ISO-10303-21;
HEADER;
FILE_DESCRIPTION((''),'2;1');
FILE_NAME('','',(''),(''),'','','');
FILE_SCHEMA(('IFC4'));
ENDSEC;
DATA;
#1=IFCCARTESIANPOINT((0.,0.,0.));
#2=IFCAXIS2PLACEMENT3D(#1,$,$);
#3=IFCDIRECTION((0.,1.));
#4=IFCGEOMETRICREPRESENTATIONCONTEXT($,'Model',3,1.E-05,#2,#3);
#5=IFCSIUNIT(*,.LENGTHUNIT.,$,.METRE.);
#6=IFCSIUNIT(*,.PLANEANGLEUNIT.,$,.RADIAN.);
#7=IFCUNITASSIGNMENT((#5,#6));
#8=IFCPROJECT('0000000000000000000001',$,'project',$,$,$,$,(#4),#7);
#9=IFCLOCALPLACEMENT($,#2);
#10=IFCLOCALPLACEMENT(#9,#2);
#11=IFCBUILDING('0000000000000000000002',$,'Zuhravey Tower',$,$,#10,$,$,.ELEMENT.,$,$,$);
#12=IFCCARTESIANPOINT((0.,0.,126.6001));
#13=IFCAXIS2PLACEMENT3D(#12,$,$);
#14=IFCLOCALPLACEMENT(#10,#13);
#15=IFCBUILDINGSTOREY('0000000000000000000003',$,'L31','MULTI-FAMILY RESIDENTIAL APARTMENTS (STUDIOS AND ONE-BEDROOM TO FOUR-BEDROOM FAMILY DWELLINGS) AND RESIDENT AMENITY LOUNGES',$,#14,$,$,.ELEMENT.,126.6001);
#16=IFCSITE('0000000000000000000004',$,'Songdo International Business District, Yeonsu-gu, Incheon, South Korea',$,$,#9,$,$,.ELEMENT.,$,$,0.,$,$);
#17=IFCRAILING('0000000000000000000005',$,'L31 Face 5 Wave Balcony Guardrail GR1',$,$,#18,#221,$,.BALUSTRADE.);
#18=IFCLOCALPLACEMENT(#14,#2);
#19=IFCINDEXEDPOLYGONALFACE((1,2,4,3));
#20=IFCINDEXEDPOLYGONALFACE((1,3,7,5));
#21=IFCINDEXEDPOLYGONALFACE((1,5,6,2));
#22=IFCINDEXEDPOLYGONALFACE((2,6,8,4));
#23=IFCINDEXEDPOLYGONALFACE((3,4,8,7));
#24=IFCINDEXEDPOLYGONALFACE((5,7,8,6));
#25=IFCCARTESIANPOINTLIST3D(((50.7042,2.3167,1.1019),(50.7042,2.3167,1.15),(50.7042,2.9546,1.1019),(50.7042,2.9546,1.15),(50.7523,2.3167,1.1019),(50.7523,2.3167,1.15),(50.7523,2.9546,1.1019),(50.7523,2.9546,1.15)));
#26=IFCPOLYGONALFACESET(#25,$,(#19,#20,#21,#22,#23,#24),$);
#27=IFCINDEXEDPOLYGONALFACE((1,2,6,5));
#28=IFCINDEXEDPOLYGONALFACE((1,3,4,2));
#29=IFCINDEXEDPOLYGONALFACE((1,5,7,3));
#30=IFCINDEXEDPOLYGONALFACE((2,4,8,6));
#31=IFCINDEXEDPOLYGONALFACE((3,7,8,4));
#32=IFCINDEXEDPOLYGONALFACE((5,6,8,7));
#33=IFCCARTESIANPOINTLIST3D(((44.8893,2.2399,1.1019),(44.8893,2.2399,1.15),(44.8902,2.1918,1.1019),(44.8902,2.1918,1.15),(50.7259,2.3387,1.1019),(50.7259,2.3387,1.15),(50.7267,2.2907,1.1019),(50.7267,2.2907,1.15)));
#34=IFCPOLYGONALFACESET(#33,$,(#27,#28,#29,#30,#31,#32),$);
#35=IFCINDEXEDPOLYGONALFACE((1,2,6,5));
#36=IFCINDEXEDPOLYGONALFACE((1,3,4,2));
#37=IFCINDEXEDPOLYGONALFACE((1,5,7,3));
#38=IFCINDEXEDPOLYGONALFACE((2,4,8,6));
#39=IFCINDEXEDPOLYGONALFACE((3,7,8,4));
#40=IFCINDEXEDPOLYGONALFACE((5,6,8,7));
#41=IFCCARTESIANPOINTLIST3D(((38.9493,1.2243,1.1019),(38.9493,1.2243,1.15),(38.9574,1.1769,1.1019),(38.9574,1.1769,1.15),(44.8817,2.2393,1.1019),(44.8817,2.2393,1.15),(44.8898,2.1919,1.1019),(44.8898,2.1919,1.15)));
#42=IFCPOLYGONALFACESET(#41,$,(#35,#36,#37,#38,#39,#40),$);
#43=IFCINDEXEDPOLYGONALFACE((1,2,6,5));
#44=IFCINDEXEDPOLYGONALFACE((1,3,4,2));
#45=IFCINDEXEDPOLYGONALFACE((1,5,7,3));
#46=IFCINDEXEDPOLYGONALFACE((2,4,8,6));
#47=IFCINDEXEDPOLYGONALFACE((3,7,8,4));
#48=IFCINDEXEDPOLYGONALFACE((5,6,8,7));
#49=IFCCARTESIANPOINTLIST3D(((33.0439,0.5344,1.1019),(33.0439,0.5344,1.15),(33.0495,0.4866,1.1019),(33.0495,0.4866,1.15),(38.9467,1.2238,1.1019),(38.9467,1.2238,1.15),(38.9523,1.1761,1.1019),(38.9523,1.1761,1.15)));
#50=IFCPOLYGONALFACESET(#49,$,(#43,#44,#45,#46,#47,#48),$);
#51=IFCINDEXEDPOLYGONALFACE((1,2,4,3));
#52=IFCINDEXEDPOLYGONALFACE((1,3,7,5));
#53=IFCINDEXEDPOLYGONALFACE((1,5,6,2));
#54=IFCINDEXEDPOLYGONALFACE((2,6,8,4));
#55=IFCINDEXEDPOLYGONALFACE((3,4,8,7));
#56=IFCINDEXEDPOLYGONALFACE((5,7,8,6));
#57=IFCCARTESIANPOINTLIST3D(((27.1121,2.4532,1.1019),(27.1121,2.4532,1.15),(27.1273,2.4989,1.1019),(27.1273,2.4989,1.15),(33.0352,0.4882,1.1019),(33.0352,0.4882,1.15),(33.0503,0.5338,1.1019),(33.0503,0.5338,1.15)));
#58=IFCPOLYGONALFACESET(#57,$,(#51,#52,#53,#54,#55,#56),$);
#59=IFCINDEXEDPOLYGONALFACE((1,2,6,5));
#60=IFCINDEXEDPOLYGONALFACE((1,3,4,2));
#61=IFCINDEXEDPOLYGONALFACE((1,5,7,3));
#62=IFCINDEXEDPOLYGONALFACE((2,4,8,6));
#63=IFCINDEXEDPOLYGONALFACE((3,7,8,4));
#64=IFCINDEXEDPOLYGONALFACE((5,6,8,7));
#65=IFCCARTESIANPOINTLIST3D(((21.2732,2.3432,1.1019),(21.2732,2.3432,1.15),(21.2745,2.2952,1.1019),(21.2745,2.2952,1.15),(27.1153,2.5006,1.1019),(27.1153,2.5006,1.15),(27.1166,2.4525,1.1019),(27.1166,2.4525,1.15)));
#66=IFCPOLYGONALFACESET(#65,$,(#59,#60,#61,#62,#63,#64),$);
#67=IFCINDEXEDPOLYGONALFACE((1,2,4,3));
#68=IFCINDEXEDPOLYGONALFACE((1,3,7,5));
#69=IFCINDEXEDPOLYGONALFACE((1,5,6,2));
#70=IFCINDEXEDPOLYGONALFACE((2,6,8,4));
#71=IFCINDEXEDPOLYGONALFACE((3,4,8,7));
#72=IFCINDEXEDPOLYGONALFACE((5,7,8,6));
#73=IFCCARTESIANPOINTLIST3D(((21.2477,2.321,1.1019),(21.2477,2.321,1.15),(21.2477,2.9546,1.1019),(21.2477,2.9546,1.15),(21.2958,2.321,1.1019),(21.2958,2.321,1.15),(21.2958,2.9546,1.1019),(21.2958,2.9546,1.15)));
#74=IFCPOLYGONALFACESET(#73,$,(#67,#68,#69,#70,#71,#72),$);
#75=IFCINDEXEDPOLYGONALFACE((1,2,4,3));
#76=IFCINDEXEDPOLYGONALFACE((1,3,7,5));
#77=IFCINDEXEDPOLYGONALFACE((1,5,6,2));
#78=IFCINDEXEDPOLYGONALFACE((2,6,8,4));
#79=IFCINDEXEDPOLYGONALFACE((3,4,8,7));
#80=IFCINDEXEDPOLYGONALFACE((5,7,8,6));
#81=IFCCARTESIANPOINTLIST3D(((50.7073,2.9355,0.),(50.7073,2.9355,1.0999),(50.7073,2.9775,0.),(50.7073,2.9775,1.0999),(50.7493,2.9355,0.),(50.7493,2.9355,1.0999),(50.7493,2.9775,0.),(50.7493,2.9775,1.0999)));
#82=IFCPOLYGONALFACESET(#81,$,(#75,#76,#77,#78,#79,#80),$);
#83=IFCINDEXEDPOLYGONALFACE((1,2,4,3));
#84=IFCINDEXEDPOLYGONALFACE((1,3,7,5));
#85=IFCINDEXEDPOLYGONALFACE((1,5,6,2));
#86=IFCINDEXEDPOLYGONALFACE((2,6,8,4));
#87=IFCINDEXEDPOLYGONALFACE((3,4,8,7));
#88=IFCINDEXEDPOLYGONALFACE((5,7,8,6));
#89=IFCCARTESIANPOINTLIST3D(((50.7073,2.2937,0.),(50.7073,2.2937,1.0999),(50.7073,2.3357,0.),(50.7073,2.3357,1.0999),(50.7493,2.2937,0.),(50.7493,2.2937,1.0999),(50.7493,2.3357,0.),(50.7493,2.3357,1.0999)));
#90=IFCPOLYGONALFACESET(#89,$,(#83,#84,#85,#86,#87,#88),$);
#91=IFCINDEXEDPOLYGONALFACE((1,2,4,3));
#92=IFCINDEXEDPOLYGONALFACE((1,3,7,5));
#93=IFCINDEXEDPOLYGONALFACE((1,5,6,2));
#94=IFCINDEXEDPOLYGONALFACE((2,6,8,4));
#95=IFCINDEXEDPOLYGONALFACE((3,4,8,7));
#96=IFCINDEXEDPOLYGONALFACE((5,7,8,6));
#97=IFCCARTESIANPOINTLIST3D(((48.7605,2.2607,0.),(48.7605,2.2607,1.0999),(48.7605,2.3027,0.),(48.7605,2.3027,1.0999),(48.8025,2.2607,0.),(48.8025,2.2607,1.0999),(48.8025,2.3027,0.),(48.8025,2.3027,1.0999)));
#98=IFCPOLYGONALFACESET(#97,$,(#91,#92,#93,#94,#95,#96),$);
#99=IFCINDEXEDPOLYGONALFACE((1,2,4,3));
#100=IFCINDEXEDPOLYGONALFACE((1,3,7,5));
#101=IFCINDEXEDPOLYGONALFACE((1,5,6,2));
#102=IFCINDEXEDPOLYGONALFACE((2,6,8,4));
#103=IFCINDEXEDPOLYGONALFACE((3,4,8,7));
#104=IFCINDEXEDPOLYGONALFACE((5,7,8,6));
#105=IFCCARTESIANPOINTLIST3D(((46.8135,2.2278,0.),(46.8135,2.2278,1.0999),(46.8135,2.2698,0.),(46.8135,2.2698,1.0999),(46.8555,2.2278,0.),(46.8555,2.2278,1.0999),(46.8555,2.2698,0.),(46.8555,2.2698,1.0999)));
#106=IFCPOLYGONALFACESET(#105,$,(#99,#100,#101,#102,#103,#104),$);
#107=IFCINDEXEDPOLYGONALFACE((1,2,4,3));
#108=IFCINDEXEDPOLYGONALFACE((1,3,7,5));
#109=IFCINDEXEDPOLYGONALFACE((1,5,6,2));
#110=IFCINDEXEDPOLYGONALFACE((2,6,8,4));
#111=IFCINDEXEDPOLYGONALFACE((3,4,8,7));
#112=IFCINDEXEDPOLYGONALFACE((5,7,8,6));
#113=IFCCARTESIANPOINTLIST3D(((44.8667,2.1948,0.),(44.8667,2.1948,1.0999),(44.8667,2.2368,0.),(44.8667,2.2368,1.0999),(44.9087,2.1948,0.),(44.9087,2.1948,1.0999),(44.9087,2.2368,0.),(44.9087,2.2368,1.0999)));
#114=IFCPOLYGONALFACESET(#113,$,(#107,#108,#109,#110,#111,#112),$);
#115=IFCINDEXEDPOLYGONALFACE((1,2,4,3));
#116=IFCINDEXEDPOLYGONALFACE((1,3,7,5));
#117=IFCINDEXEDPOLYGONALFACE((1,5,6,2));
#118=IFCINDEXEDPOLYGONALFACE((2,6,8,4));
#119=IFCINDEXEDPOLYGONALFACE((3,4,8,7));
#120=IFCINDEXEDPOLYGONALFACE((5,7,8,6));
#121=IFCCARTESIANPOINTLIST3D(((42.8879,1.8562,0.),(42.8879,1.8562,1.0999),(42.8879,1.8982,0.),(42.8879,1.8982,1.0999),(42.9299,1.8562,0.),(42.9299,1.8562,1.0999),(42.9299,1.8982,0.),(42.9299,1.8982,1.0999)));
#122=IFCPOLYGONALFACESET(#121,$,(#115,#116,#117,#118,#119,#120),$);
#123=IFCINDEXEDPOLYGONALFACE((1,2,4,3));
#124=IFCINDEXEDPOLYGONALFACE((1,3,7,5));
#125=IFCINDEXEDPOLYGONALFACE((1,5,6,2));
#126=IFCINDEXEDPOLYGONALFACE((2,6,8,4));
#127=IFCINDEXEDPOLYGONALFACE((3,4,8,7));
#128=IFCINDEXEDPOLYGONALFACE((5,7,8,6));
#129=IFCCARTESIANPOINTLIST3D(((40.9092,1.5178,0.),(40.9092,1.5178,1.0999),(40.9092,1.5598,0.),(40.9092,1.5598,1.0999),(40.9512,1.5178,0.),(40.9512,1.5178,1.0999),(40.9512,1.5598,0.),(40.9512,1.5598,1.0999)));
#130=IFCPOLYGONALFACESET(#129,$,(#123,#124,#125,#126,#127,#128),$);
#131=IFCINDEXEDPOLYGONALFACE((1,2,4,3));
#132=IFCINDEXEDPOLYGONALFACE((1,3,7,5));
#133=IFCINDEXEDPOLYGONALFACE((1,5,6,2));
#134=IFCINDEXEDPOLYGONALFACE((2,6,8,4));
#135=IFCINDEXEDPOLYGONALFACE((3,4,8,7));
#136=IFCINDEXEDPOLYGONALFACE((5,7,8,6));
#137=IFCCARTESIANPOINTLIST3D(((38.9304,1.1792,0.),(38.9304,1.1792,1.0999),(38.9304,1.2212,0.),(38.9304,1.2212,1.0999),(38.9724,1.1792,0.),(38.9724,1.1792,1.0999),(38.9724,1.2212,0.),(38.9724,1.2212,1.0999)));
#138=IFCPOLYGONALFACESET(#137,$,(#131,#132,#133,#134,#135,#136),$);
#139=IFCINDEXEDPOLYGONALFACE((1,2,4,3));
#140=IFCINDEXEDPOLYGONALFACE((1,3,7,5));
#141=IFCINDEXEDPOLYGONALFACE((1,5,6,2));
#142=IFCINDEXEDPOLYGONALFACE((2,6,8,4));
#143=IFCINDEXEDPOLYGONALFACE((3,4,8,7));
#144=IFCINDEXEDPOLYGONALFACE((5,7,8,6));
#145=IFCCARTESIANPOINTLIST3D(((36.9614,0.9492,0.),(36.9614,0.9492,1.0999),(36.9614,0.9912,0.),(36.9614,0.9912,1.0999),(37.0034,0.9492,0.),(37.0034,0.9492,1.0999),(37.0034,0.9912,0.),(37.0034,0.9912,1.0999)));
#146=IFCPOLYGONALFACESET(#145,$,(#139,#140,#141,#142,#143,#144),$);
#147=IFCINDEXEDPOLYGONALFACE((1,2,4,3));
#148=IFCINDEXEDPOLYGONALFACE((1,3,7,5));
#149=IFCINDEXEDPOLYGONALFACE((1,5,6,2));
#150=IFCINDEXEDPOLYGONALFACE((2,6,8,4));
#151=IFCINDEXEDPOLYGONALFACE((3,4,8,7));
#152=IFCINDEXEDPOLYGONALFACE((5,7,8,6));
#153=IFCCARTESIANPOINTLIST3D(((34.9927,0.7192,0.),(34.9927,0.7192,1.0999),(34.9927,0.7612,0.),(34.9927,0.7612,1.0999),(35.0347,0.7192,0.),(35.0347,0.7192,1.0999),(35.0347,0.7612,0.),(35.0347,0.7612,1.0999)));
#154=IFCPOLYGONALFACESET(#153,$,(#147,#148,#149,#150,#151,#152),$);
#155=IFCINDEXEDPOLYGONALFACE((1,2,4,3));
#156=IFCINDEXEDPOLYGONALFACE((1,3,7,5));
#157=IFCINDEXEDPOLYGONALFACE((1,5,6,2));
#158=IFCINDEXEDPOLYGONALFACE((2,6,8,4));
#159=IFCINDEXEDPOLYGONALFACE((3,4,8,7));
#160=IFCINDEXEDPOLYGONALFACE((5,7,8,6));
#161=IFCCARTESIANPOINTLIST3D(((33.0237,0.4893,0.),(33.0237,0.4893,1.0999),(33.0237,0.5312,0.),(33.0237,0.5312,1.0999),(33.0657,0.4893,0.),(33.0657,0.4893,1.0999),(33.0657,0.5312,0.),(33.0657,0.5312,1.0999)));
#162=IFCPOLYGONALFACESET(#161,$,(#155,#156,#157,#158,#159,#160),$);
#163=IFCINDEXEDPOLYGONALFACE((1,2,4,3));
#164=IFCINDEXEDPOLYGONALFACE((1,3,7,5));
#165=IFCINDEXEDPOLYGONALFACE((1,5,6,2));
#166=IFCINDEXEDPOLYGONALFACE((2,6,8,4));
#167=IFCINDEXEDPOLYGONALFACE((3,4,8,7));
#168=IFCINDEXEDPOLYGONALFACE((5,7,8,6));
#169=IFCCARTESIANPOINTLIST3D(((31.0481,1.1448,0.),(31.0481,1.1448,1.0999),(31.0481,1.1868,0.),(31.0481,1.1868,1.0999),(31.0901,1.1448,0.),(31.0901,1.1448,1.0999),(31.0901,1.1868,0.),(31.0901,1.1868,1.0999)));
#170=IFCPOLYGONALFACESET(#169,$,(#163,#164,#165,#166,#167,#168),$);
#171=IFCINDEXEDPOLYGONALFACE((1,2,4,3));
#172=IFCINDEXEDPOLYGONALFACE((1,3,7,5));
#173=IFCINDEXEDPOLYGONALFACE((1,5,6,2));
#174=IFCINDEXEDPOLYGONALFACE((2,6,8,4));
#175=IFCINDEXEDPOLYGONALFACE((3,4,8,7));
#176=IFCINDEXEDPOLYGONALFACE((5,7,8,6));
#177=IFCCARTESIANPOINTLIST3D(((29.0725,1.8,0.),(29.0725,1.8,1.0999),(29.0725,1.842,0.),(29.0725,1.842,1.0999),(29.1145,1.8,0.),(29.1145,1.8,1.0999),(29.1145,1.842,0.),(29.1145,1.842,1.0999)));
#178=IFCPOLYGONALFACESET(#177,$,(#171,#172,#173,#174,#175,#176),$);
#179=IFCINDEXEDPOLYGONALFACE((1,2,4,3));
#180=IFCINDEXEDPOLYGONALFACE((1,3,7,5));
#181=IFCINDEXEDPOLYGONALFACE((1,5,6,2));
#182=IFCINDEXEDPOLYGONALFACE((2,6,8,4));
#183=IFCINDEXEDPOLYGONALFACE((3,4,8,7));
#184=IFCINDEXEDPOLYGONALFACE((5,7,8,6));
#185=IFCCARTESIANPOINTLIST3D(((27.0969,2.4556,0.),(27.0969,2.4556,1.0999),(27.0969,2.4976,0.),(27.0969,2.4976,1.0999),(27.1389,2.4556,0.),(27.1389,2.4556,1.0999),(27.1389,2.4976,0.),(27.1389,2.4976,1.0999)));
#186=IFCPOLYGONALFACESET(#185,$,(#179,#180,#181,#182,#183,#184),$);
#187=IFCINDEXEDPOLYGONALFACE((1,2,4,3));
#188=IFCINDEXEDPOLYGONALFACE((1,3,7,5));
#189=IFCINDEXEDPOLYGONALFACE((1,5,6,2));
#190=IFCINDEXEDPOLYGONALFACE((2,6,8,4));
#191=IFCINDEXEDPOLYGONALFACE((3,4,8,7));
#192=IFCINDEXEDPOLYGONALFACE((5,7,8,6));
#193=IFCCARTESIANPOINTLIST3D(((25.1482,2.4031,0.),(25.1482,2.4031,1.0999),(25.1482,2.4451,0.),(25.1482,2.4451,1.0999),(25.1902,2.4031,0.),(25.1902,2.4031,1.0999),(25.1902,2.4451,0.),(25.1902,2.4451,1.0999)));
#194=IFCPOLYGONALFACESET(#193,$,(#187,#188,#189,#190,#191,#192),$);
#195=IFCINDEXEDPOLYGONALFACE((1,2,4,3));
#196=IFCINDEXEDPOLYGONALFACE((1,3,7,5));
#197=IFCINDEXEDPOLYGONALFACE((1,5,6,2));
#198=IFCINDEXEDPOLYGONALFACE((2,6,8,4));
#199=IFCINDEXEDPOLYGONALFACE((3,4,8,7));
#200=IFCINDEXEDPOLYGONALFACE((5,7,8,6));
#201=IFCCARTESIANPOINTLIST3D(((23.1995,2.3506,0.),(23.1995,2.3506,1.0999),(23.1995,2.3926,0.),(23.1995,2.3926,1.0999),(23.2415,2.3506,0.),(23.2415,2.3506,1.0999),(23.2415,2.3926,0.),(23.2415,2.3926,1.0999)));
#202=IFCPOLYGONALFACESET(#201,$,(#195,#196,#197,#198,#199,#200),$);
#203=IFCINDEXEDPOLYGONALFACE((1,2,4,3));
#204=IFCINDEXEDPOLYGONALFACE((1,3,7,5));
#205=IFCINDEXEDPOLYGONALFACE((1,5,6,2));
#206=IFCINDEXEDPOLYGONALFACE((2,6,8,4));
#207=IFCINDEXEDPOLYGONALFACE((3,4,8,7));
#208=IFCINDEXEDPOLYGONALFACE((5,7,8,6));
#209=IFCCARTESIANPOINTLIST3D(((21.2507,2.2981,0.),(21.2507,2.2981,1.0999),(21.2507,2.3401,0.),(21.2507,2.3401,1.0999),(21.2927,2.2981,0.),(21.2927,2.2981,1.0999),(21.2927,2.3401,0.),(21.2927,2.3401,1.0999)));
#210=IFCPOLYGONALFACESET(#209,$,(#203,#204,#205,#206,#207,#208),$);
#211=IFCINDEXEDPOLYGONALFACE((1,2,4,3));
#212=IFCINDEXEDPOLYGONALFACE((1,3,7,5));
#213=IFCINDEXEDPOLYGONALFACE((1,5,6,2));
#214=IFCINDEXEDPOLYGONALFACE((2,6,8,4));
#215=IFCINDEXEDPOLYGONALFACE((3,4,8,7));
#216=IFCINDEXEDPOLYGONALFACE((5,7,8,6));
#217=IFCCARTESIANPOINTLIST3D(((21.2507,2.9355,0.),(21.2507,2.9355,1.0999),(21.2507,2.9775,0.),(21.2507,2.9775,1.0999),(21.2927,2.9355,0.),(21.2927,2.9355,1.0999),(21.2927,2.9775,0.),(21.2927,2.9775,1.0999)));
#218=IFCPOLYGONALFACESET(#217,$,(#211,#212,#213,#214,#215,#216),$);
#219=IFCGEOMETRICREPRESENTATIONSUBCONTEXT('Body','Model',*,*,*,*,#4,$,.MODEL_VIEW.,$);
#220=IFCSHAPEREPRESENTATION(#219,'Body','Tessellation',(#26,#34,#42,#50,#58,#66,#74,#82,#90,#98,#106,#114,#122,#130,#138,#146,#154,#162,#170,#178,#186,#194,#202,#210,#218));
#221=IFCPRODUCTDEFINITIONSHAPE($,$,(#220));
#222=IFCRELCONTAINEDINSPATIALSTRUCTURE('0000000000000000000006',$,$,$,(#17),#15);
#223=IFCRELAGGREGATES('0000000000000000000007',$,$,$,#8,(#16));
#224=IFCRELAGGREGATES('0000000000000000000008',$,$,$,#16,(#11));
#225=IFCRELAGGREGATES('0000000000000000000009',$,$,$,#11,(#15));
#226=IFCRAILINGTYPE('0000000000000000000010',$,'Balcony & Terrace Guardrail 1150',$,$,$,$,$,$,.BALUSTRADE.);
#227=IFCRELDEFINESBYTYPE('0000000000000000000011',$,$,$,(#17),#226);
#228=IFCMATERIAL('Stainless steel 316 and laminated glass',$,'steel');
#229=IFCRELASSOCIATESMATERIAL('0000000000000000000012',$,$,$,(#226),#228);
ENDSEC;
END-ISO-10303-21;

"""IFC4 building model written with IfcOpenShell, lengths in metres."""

from ifc_helpers import new_model, si_unit, direction, frame, origin, origin_2d, place, context, subcontext, project, spatial, rectangle, extrude, material, type_object, element, save


model = new_model("IFC4")

# Units and contexts
model_context = context("Model", 3, precision=1e-05, world=origin(), true_north=direction((0.0, 1.0)))
body_context = subcontext(model_context, "Body", "Model", "MODEL_VIEW")
ifc_project = project(units=[si_unit("LENGTHUNIT", "METRE"), si_unit("PLANEANGLEUNIT", "RADIAN")], contexts=[model_context])

# Site, building, storey
site_placement = place(None, origin())
site = spatial("IfcSite", under=ifc_project, at=site_placement, Name="Songdo International Business District, Yeonsu-gu, Incheon, South Korea", CompositionType="ELEMENT", RefElevation=0.0)
building_placement = place(site_placement, origin())
building = spatial("IfcBuilding", under=site, at=building_placement, Name="Zuhravey Tower", CompositionType="ELEMENT")
storey_placement = place(building_placement, frame((0.0, 0.0, 126.6001)))
storey = spatial("IfcBuildingStorey", under=building, at=storey_placement, Name="L31", Description="MULTI-FAMILY RESIDENTIAL APARTMENTS (STUDIOS AND ONE-BEDROOM TO FOUR-BEDROOM FAMILY DWELLINGS) AND RESIDENT AMENITY LOUNGES", CompositionType="ELEMENT", Elevation=126.6001)

# Railing
ifc_material_1 = material(Name="Stainless steel 316 and laminated glass", Category="steel")
railing_type = type_object("IfcRailingType", Name="Balcony & Terrace Guardrail 1150", PredefinedType="BALUSTRADE", material=ifc_material_1)
railing_placement = place(storey_placement, frame((50.7283, 2.9565, 0.0)))
element("IfcRailing", 1, at=railing_placement, inside=storey, type_object=railing_type, Name="L31 Face 5 Wave Balcony Guardrail GR1", PredefinedType="BALUSTRADE", context=body_context, shape_type="SweptSolid", body=[
    extrude(rectangle(XDim=0.0481, YDim=0.0481, at=origin_2d()), frame((0.0, -0.002, 1.126), z_axis=(0.0, -1.0, 0.0), x_axis=(1.0, 0.0, 0.0)), (0.0, 0.0, 1.0), 0.6379),
    extrude(rectangle(XDim=0.0481, YDim=0.0481, at=origin_2d()), frame((-0.002, -0.6418, 1.126), z_axis=(-0.999857, -0.016927, 0.0), x_axis=(0.016927, -0.999857, 0.0)), (0.0, 0.0, 1.0), 5.8374),
    extrude(rectangle(XDim=0.0481, YDim=0.0481, at=origin_2d()), frame((-5.8425, -0.741, 1.126), z_axis=(-0.985678, -0.168638, 0.0), x_axis=(0.168638, -0.985678, 0.0)), (0.0, 0.0, 1.0), 6.0186),
    extrude(rectangle(XDim=0.0481, YDim=0.0481, at=origin_2d()), frame((-11.7788, -1.7566, 1.126), z_axis=(-0.993247, -0.116017, 0.0), x_axis=(0.116017, -0.993247, 0.0)), (0.0, 0.0, 1.0), 5.9429),
    extrude(rectangle(XDim=0.0481, YDim=0.0481, at=origin_2d()), frame((-17.6855, -2.4456, 1.126), z_axis=(-0.949128, 0.31489, 0.0), x_axis=(-0.31489, -0.949128, 0.0)), (0.0, 0.0, 1.0), 6.2405),
    extrude(rectangle(XDim=0.0481, YDim=0.0481, at=origin_2d()), frame((-23.6123, -0.48, 1.126), z_axis=(-0.999637, -0.026926, 0.0), x_axis=(0.026926, -0.999637, 0.0)), (0.0, 0.0, 1.0), 5.8442),
    extrude(rectangle(XDim=0.0481, YDim=0.0481, at=origin_2d()), frame((-29.4565, -0.6355, 1.126), z_axis=(0.0, 1.0, 0.0), x_axis=(-1.0, 0.0, 0.0)), (0.0, 0.0, 1.0), 0.6335),
    extrude(rectangle(XDim=0.042, YDim=0.042, at=origin_2d()), origin(), (0.0, 0.0, 1.0), 1.0999),
    extrude(rectangle(XDim=0.042, YDim=0.042, at=origin_2d()), frame((0.0, -0.6418, 0.0)), (0.0, 0.0, 1.0), 1.0999),
    extrude(rectangle(XDim=0.042, YDim=0.042, at=origin_2d()), frame((-1.9468, -0.6748, 0.0)), (0.0, 0.0, 1.0), 1.0999),
    extrude(rectangle(XDim=0.042, YDim=0.042, at=origin_2d()), frame((-3.8938, -0.7078, 0.0)), (0.0, 0.0, 1.0), 1.0999),
    extrude(rectangle(XDim=0.042, YDim=0.042, at=origin_2d()), frame((-5.8406, -0.7407, 0.0)), (0.0, 0.0, 1.0), 1.0999),
    extrude(rectangle(XDim=0.042, YDim=0.042, at=origin_2d()), frame((-7.8193, -1.0793, 0.0)), (0.0, 0.0, 1.0), 1.0999),
    extrude(rectangle(XDim=0.042, YDim=0.042, at=origin_2d()), frame((-9.7981, -1.4177, 0.0)), (0.0, 0.0, 1.0), 1.0999),
    extrude(rectangle(XDim=0.042, YDim=0.042, at=origin_2d()), frame((-11.7769, -1.7563, 0.0)), (0.0, 0.0, 1.0), 1.0999),
    extrude(rectangle(XDim=0.042, YDim=0.042, at=origin_2d()), frame((-13.7458, -1.9863, 0.0)), (0.0, 0.0, 1.0), 1.0999),
    extrude(rectangle(XDim=0.042, YDim=0.042, at=origin_2d()), frame((-15.7146, -2.2163, 0.0)), (0.0, 0.0, 1.0), 1.0999),
    extrude(rectangle(XDim=0.042, YDim=0.042, at=origin_2d()), frame((-17.6836, -2.4463, 0.0)), (0.0, 0.0, 1.0), 1.0999),
    extrude(rectangle(XDim=0.042, YDim=0.042, at=origin_2d()), frame((-19.6592, -1.7908, 0.0)), (0.0, 0.0, 1.0), 1.0999),
    extrude(rectangle(XDim=0.042, YDim=0.042, at=origin_2d()), frame((-21.6348, -1.1355, 0.0)), (0.0, 0.0, 1.0), 1.0999),
    extrude(rectangle(XDim=0.042, YDim=0.042, at=origin_2d()), frame((-23.6104, -0.48, 0.0)), (0.0, 0.0, 1.0), 1.0999),
    extrude(rectangle(XDim=0.042, YDim=0.042, at=origin_2d()), frame((-25.5591, -0.5325, 0.0)), (0.0, 0.0, 1.0), 1.0999),
    extrude(rectangle(XDim=0.042, YDim=0.042, at=origin_2d()), frame((-27.5078, -0.585, 0.0)), (0.0, 0.0, 1.0), 1.0999),
    extrude(rectangle(XDim=0.042, YDim=0.042, at=origin_2d()), frame((-29.4565, -0.6375, 0.0)), (0.0, 0.0, 1.0), 1.0999),
    extrude(rectangle(XDim=0.042, YDim=0.042, at=origin_2d()), frame((-29.4565, 0.0, 0.0)), (0.0, 0.0, 1.0), 1.0999),
])

save(model, "model.ifc")
